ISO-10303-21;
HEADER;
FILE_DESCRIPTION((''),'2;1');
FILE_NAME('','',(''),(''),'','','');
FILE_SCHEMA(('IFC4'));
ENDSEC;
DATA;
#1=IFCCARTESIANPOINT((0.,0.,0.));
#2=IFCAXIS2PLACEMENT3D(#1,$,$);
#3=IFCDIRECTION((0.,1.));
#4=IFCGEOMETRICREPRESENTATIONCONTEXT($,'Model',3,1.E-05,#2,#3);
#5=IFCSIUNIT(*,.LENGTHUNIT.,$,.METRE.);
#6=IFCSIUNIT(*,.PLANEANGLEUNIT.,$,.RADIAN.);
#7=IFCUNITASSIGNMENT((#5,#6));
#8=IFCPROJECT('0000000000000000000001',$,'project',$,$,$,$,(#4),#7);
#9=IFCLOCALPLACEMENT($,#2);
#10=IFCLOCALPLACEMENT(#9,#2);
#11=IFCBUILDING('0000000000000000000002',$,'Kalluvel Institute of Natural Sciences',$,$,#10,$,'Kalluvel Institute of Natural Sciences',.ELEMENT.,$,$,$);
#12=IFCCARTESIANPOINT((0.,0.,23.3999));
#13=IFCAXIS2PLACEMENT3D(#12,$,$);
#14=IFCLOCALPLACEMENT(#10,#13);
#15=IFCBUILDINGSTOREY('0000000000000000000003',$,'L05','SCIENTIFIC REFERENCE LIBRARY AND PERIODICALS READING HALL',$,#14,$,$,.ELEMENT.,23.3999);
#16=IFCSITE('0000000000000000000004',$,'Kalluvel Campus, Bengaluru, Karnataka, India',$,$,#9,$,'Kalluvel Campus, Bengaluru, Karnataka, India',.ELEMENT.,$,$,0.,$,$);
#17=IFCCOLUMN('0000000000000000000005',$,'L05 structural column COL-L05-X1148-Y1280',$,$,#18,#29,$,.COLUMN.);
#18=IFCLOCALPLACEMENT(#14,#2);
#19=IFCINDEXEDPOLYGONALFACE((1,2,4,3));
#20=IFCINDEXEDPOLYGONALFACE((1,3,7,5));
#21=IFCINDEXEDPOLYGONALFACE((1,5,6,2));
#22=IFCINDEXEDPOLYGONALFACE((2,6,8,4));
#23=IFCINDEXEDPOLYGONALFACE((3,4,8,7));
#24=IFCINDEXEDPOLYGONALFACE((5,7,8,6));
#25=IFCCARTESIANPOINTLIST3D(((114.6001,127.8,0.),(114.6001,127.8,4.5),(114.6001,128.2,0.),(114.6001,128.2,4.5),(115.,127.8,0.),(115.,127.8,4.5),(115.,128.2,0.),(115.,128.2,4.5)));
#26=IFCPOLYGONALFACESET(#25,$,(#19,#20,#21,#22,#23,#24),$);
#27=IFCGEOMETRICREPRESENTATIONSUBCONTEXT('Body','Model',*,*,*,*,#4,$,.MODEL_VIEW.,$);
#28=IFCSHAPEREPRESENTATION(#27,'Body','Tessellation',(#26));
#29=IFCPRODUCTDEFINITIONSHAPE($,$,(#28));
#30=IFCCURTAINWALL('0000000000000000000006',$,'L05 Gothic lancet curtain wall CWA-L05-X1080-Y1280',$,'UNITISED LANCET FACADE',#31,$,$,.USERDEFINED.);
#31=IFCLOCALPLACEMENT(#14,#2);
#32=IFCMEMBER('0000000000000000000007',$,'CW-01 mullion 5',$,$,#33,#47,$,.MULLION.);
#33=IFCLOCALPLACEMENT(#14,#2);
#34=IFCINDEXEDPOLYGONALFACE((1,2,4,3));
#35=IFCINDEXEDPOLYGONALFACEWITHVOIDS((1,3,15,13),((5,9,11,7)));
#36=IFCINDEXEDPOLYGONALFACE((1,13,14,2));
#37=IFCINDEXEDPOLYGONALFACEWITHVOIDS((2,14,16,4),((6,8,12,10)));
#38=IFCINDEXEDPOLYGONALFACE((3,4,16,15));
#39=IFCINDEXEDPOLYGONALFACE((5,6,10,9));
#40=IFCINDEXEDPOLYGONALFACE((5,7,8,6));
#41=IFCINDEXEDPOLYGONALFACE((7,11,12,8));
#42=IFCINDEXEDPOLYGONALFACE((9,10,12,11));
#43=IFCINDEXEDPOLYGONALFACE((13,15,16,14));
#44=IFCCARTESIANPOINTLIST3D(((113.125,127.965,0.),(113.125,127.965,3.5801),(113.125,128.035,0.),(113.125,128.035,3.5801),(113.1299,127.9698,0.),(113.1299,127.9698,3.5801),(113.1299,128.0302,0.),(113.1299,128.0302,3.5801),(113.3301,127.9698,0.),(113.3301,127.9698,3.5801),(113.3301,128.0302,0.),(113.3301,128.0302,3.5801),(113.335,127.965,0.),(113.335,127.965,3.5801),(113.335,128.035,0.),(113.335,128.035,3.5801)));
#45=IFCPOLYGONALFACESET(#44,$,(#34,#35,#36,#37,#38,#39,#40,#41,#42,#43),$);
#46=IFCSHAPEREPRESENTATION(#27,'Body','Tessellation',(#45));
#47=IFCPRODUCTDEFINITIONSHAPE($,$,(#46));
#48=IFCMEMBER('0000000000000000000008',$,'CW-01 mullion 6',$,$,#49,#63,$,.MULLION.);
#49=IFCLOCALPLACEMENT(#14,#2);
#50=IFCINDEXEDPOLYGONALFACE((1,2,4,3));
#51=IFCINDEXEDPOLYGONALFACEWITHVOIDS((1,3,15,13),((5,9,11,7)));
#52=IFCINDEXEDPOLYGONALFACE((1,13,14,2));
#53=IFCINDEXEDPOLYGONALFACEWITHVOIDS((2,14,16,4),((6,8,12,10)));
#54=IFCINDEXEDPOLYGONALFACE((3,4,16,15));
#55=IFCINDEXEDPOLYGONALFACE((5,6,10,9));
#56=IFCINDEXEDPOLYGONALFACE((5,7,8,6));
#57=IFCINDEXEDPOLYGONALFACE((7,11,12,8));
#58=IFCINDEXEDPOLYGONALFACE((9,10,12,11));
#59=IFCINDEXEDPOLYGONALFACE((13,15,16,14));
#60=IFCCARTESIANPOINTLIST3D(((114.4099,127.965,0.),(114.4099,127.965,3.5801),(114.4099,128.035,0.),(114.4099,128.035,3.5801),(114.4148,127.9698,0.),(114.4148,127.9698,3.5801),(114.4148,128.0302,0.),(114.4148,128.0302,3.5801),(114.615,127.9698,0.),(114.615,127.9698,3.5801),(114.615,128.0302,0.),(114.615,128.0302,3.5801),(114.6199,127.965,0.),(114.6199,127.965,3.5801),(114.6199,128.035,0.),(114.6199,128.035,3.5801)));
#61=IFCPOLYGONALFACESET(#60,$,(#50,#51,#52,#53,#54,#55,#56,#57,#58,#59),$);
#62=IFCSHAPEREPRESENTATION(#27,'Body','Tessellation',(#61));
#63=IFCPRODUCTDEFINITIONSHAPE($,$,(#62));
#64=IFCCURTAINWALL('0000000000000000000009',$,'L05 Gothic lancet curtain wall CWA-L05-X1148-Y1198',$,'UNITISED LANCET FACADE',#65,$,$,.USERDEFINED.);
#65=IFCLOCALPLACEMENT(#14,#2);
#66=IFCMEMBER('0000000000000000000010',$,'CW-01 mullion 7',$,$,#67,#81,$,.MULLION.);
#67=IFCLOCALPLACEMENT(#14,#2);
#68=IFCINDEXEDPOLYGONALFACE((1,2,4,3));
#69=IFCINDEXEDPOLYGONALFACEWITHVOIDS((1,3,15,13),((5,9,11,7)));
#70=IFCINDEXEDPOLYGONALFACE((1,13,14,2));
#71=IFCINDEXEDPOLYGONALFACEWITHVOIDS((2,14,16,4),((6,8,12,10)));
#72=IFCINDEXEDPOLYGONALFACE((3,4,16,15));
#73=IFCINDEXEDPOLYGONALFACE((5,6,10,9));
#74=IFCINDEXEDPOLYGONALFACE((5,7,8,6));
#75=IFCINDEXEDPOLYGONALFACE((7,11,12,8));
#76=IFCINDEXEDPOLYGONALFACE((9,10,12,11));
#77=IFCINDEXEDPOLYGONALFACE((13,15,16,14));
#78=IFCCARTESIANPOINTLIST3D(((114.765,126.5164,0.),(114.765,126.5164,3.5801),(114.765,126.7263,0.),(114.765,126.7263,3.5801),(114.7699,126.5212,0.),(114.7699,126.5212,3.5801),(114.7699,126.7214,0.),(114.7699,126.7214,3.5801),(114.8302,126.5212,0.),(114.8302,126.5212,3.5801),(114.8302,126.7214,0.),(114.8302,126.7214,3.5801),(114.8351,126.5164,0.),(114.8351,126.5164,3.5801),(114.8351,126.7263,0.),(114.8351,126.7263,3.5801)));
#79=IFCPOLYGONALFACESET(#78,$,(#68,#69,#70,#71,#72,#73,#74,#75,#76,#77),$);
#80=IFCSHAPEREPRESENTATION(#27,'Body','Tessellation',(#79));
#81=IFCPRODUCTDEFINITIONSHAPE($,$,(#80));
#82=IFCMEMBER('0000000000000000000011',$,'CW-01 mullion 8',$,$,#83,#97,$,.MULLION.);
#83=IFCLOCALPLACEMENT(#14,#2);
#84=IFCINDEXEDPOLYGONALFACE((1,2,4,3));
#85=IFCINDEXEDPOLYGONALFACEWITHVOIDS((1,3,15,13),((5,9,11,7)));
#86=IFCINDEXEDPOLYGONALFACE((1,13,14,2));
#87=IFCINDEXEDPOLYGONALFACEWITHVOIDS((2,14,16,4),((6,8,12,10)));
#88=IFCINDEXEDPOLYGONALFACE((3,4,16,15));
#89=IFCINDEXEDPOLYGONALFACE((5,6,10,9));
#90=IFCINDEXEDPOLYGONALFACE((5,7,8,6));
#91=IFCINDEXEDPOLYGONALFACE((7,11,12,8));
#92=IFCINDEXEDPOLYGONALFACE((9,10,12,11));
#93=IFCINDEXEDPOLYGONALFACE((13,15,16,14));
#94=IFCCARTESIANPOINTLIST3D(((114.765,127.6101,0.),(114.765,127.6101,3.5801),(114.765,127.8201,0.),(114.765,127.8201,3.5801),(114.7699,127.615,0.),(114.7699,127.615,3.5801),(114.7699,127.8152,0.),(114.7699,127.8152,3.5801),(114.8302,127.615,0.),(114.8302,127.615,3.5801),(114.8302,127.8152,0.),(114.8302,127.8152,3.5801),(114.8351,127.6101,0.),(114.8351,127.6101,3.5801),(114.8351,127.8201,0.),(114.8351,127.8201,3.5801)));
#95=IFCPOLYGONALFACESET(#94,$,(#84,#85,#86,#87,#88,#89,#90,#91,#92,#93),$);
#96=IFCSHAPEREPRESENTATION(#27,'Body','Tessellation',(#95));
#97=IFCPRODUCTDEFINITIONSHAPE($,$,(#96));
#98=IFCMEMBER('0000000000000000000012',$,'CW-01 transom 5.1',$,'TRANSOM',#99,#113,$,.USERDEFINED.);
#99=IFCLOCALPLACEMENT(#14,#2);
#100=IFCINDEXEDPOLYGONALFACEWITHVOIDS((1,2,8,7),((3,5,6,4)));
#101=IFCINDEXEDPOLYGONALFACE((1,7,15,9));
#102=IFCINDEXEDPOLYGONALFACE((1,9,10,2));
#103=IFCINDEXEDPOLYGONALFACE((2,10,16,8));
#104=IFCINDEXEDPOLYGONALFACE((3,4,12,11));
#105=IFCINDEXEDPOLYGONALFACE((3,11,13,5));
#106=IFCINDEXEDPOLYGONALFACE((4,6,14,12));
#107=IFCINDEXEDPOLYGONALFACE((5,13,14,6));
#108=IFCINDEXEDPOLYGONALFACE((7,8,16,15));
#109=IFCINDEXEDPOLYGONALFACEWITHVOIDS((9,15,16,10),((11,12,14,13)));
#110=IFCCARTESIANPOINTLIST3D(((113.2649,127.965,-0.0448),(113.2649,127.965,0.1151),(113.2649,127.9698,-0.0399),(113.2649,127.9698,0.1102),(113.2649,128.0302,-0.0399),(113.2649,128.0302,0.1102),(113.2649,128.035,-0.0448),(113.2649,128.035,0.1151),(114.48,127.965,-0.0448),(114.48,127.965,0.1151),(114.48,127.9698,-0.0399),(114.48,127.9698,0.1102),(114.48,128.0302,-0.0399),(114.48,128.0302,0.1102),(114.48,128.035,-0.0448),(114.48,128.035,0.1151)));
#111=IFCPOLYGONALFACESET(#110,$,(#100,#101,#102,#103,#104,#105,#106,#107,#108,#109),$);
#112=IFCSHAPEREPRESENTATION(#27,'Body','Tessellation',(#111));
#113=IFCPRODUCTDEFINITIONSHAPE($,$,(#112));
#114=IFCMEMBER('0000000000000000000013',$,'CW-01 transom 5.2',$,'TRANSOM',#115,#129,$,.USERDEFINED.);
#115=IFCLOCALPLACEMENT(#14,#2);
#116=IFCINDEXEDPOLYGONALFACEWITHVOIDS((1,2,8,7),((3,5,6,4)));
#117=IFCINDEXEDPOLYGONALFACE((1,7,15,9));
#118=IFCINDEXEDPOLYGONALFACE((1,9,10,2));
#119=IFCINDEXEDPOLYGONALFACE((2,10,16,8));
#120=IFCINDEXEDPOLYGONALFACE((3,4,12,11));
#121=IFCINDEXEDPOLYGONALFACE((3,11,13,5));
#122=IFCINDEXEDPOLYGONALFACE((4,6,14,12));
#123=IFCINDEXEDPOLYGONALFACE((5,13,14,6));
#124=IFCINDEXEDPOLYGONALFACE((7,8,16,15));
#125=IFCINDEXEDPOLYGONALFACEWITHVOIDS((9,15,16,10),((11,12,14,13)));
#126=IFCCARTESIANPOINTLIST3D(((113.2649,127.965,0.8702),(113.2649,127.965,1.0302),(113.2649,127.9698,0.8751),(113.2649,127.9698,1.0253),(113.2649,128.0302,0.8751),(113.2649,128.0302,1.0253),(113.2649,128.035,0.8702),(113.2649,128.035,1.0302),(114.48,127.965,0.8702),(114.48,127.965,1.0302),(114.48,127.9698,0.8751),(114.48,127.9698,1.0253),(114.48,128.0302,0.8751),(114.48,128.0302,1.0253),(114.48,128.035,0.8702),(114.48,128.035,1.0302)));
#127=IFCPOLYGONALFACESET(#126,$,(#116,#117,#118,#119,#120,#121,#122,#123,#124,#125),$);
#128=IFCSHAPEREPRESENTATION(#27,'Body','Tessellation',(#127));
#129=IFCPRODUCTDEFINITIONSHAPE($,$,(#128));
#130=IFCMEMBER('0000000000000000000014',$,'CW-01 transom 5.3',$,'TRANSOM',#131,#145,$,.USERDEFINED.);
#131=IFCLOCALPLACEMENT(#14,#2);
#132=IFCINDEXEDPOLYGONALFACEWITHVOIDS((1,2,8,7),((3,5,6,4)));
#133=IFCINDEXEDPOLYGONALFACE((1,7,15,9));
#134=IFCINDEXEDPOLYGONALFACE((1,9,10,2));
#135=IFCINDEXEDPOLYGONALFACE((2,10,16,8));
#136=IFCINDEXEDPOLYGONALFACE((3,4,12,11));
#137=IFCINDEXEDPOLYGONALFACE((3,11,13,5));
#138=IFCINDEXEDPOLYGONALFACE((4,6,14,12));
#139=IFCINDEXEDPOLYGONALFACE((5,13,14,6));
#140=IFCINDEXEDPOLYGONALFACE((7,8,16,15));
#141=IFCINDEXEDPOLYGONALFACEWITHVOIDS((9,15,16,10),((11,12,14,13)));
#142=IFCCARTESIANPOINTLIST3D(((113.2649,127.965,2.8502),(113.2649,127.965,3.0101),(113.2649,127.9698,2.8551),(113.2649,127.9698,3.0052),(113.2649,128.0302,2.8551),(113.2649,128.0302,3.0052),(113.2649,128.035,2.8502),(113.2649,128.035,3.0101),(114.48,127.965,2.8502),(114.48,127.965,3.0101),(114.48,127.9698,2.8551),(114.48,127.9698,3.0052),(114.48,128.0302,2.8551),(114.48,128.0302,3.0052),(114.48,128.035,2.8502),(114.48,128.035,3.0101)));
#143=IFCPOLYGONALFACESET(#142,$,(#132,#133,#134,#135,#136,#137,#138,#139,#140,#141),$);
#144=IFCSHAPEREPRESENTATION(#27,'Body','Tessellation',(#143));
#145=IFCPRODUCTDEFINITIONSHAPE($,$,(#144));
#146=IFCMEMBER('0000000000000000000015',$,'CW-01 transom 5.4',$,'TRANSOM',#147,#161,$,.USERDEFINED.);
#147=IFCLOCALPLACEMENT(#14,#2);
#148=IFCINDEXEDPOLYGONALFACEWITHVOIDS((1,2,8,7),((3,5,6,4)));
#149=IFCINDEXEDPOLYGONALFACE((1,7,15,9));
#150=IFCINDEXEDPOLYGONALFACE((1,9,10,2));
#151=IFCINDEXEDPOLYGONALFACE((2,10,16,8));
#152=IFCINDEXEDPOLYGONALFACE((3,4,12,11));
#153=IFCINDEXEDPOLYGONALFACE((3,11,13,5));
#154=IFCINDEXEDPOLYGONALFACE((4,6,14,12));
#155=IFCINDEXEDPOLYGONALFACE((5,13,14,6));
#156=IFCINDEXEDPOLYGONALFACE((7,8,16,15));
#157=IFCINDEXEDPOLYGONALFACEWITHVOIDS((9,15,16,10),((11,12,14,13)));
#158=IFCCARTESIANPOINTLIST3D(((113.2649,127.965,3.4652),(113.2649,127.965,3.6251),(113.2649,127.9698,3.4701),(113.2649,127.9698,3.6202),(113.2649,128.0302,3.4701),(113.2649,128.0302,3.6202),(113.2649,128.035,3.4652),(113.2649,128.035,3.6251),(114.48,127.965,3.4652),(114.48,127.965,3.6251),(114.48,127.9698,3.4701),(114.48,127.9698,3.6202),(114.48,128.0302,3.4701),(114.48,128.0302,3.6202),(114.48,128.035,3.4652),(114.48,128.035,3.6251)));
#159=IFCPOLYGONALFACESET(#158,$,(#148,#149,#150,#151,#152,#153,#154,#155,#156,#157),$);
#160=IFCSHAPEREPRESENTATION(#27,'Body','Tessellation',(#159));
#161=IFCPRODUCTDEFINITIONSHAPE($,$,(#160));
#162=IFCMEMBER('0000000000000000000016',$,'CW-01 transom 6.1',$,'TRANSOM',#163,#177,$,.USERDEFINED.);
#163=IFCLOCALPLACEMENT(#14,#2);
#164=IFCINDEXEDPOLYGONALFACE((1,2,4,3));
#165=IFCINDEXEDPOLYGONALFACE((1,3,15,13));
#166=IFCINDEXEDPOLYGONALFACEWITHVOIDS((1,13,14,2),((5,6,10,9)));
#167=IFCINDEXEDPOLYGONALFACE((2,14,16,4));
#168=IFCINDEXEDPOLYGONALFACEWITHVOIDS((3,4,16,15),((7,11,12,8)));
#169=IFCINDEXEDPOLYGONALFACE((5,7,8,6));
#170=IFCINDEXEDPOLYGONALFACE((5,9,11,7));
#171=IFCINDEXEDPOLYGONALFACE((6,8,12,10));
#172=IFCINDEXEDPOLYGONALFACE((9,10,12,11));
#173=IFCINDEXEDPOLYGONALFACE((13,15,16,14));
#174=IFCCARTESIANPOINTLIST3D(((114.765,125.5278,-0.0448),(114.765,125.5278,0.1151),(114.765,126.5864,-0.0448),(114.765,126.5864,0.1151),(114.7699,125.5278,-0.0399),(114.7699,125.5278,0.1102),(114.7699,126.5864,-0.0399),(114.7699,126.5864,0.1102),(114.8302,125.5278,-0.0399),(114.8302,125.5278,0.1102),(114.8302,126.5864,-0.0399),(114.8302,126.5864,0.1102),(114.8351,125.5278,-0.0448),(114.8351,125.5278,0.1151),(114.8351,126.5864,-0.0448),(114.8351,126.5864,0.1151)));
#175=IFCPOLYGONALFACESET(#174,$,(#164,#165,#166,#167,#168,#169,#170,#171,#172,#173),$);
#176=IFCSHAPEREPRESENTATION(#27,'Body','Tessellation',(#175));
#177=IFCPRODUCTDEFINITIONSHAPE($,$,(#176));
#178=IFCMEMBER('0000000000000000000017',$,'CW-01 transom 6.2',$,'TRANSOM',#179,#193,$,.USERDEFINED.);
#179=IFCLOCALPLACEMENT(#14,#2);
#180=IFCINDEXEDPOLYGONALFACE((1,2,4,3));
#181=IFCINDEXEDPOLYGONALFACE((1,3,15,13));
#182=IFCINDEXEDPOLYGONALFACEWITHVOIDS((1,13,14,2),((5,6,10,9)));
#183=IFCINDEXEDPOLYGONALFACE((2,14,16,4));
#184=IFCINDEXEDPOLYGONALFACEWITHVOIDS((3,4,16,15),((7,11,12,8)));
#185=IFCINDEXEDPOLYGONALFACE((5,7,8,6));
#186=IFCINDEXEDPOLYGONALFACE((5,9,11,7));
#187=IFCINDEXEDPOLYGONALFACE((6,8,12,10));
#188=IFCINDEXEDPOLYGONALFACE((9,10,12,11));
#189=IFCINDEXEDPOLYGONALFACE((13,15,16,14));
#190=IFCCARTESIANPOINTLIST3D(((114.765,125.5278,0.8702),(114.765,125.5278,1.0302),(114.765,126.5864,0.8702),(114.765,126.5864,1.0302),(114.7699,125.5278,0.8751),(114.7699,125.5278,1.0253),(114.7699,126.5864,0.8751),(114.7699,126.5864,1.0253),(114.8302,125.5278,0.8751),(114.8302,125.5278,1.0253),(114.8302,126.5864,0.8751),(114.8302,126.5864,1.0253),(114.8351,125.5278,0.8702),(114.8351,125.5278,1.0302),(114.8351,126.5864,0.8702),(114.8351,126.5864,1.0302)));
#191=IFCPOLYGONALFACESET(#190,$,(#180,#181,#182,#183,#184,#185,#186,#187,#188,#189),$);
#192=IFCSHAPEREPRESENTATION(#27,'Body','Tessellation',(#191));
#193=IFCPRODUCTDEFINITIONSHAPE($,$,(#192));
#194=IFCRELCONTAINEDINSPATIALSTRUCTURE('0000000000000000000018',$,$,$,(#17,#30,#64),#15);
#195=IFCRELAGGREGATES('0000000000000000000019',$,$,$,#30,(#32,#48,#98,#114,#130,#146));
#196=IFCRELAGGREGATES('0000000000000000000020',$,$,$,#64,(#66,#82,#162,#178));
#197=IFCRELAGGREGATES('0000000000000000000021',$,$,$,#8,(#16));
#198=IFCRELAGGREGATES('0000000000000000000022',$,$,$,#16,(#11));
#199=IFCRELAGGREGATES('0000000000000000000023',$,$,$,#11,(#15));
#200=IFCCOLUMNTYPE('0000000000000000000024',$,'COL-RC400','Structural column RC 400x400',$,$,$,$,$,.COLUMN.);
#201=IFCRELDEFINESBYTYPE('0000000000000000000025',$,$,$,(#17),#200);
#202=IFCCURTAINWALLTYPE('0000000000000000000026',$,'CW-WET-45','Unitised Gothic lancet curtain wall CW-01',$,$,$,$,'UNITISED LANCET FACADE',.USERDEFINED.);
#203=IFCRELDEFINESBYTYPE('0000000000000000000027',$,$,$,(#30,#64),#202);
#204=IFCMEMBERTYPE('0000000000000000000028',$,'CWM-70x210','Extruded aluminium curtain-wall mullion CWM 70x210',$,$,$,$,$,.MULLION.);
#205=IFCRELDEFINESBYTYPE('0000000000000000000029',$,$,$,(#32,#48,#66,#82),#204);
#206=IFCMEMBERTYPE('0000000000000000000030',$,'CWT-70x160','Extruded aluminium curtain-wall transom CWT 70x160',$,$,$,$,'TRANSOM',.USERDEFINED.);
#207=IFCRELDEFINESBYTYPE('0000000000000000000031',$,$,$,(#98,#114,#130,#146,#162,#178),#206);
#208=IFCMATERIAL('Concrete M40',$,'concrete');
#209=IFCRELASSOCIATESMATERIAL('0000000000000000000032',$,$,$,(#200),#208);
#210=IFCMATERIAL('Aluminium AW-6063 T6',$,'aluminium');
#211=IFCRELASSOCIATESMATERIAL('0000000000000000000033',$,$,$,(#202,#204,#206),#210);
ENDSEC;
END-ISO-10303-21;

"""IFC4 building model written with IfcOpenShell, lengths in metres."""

from ifc_helpers import new_model, si_unit, direction, frame, origin, origin_2d, place, context, subcontext, project, spatial, rectangle, hollow_rectangle, extrude, material, material_profile, profile_set, type_object, element, aggregate, save


model = new_model("IFC4")

# Units and contexts
model_context = context("Model", 3, precision=1e-05, world=origin(), true_north=direction((0.0, 1.0)))
body_context = subcontext(model_context, "Body", "Model", "MODEL_VIEW")
ifc_project = project(units=[si_unit("LENGTHUNIT", "METRE"), si_unit("PLANEANGLEUNIT", "RADIAN")], contexts=[model_context])

# Site, building, storey
site_placement = place(None, origin())
site = spatial("IfcSite", under=ifc_project, at=site_placement, Name="Kalluvel Campus, Bengaluru, Karnataka, India", LongName="Kalluvel Campus, Bengaluru, Karnataka, India", CompositionType="ELEMENT", RefElevation=0.0)
building_placement = place(site_placement, origin())
building = spatial("IfcBuilding", under=site, at=building_placement, Name="Kalluvel Institute of Natural Sciences", LongName="Kalluvel Institute of Natural Sciences", CompositionType="ELEMENT")
storey_placement = place(building_placement, frame((0.0, 0.0, 23.3999)))
storey = spatial("IfcBuildingStorey", under=building, at=storey_placement, Name="L05", Description="SCIENTIFIC REFERENCE LIBRARY AND PERIODICALS READING HALL", CompositionType="ELEMENT", Elevation=23.3999)

# Column
ifc_material_1 = material(Name="Concrete M40", Category="concrete")
ifc_material_profile_1 = material_profile(ifc_material_1, rectangle(XDim=0.3999, YDim=0.3999, at=origin_2d()), Name="RC 400x400")
ifc_profile_set_1 = profile_set([ifc_material_profile_1], Name="Concrete M40")
column_type = type_object("IfcColumnType", Name="COL-RC400", Description="Structural column RC 400x400", PredefinedType="COLUMN", material=ifc_profile_set_1)
column_placement = place(storey_placement, frame((114.8, 128.0, 0.0), z_axis=(0.0, 0.0, 1.0), x_axis=(1.0, 0.0, 0.0)))
element("IfcColumn", 1, at=column_placement, inside=storey, type_object=column_type, Name="L05 structural column COL-L05-X1148-Y1280", PredefinedType="COLUMN", context=body_context, shape_type="SweptSolid", body=[
    extrude(rectangle(XDim=0.3999, YDim=0.3999, at=origin_2d()), origin(), (0.0, 0.0, 1.0), 4.5),
])

# Curtain walls, members
ifc_material_2 = material(Name="Aluminium AW-6063 T6", Category="aluminium")
curtain_wall_type = type_object("IfcCurtainWallType", Name="CW-WET-45", Description="Unitised Gothic lancet curtain wall CW-01", ElementType="UNITISED LANCET FACADE", PredefinedType="USERDEFINED", material=ifc_material_2)
curtain_wall_1_placement = place(storey_placement, origin())
curtain_wall_1 = element("IfcCurtainWall", 2, at=curtain_wall_1_placement, inside=storey, type_object=curtain_wall_type, Name="L05 Gothic lancet curtain wall CWA-L05-X1080-Y1280", ObjectType="UNITISED LANCET FACADE", PredefinedType="USERDEFINED")
ifc_material_profile_2 = material_profile(ifc_material_2, hollow_rectangle(XDim=0.0701, YDim=0.21, WallThickness=0.0049, at=origin_2d()), Name="CWM 70x210")
ifc_profile_set_2 = profile_set([ifc_material_profile_2], Name="Aluminium AW-6063 T6")
member_type_1 = type_object("IfcMemberType", Name="CWM-70x210", Description="Extruded aluminium curtain-wall mullion CWM 70x210", PredefinedType="MULLION", material=ifc_profile_set_2)
member_1_placement = place(storey_placement, frame((113.23, 128.0, 0.0), z_axis=(0.0, 0.0, 1.0), x_axis=(0.0, 1.0, 0.0)))
member_1 = element("IfcMember", 3, at=member_1_placement, type_object=member_type_1, Name="CW-01 mullion 5", PredefinedType="MULLION", context=body_context, shape_type="SweptSolid", body=[
    extrude(hollow_rectangle(XDim=0.0701, YDim=0.21, WallThickness=0.0049, at=origin_2d()), origin(), (0.0, 0.0, 1.0), 3.5801),
])
member_2_placement = place(storey_placement, frame((114.5149, 128.0, 0.0), z_axis=(0.0, 0.0, 1.0), x_axis=(0.0, 1.0, 0.0)))
member_2 = element("IfcMember", 4, at=member_2_placement, type_object=member_type_1, Name="CW-01 mullion 6", PredefinedType="MULLION", context=body_context, shape_type="SweptSolid", body=[
    extrude(hollow_rectangle(XDim=0.0701, YDim=0.21, WallThickness=0.0049, at=origin_2d()), origin(), (0.0, 0.0, 1.0), 3.5801),
])
curtain_wall_2_placement = place(storey_placement, origin())
curtain_wall_2 = element("IfcCurtainWall", 5, at=curtain_wall_2_placement, inside=storey, type_object=curtain_wall_type, Name="L05 Gothic lancet curtain wall CWA-L05-X1148-Y1198", ObjectType="UNITISED LANCET FACADE", PredefinedType="USERDEFINED")
member_3_placement = place(storey_placement, frame((114.8, 126.6213, 0.0), z_axis=(0.0, 0.0, 1.0), x_axis=(-1.0, 0.0, 0.0)))
member_3 = element("IfcMember", 6, at=member_3_placement, type_object=member_type_1, Name="CW-01 mullion 7", PredefinedType="MULLION", context=body_context, shape_type="SweptSolid", body=[
    extrude(hollow_rectangle(XDim=0.0701, YDim=0.21, WallThickness=0.0049, at=origin_2d()), origin(), (0.0, 0.0, 1.0), 3.5801),
])
member_4_placement = place(storey_placement, frame((114.8, 127.7151, 0.0), z_axis=(0.0, 0.0, 1.0), x_axis=(-1.0, 0.0, 0.0)))
member_4 = element("IfcMember", 7, at=member_4_placement, type_object=member_type_1, Name="CW-01 mullion 8", PredefinedType="MULLION", context=body_context, shape_type="SweptSolid", body=[
    extrude(hollow_rectangle(XDim=0.0701, YDim=0.21, WallThickness=0.0049, at=origin_2d()), origin(), (0.0, 0.0, 1.0), 3.5801),
])

# Members
ifc_material_profile_3 = material_profile(ifc_material_2, hollow_rectangle(XDim=0.0701, YDim=0.1599, WallThickness=0.0049, at=origin_2d()), Name="CWT 70x160")
ifc_profile_set_3 = profile_set([ifc_material_profile_3], Name="Aluminium AW-6063 T6")
member_type_2 = type_object("IfcMemberType", Name="CWT-70x160", Description="Extruded aluminium curtain-wall transom CWT 70x160", ElementType="TRANSOM", PredefinedType="USERDEFINED", material=ifc_profile_set_3)
member_5_placement = place(storey_placement, frame((113.2649, 128.0, 0.0352), z_axis=(1.0, 0.0, 0.0), x_axis=(0.0, 1.0, 0.0)))
member_5 = element("IfcMember", 8, at=member_5_placement, type_object=member_type_2, Name="CW-01 transom 5.1", ObjectType="TRANSOM", PredefinedType="USERDEFINED", context=body_context, shape_type="SweptSolid", body=[
    extrude(hollow_rectangle(XDim=0.0701, YDim=0.1599, WallThickness=0.0049, at=origin_2d()), origin(), (0.0, 0.0, 1.0), 1.2151),
])
member_6_placement = place(storey_placement, frame((113.2649, 128.0, 0.9502), z_axis=(1.0, 0.0, 0.0), x_axis=(0.0, 1.0, 0.0)))
member_6 = element("IfcMember", 9, at=member_6_placement, type_object=member_type_2, Name="CW-01 transom 5.2", ObjectType="TRANSOM", PredefinedType="USERDEFINED", context=body_context, shape_type="SweptSolid", body=[
    extrude(hollow_rectangle(XDim=0.0701, YDim=0.1599, WallThickness=0.0049, at=origin_2d()), origin(), (0.0, 0.0, 1.0), 1.2151),
])
member_7_placement = place(storey_placement, frame((113.2649, 128.0, 2.9302), z_axis=(1.0, 0.0, 0.0), x_axis=(0.0, 1.0, 0.0)))
member_7 = element("IfcMember", 10, at=member_7_placement, type_object=member_type_2, Name="CW-01 transom 5.3", ObjectType="TRANSOM", PredefinedType="USERDEFINED", context=body_context, shape_type="SweptSolid", body=[
    extrude(hollow_rectangle(XDim=0.0701, YDim=0.1599, WallThickness=0.0049, at=origin_2d()), origin(), (0.0, 0.0, 1.0), 1.2151),
])
member_8_placement = place(storey_placement, frame((113.2649, 128.0, 3.5452), z_axis=(1.0, 0.0, 0.0), x_axis=(0.0, 1.0, 0.0)))
member_8 = element("IfcMember", 11, at=member_8_placement, type_object=member_type_2, Name="CW-01 transom 5.4", ObjectType="TRANSOM", PredefinedType="USERDEFINED", context=body_context, shape_type="SweptSolid", body=[
    extrude(hollow_rectangle(XDim=0.0701, YDim=0.1599, WallThickness=0.0049, at=origin_2d()), origin(), (0.0, 0.0, 1.0), 1.2151),
])
member_9_placement = place(storey_placement, frame((114.8, 125.5278, 0.0352), z_axis=(0.0, 1.0, 0.0), x_axis=(-1.0, 0.0, 0.0)))
member_9 = element("IfcMember", 12, at=member_9_placement, type_object=member_type_2, Name="CW-01 transom 6.1", ObjectType="TRANSOM", PredefinedType="USERDEFINED", context=body_context, shape_type="SweptSolid", body=[
    extrude(hollow_rectangle(XDim=0.0701, YDim=0.1599, WallThickness=0.0049, at=origin_2d()), origin(), (0.0, 0.0, 1.0), 1.0586),
])
member_10_placement = place(storey_placement, frame((114.8, 125.5278, 0.9502), z_axis=(0.0, 1.0, 0.0), x_axis=(-1.0, 0.0, 0.0)))
member_10 = element("IfcMember", 13, at=member_10_placement, type_object=member_type_2, Name="CW-01 transom 6.2", ObjectType="TRANSOM", PredefinedType="USERDEFINED", context=body_context, shape_type="SweptSolid", body=[
    extrude(hollow_rectangle(XDim=0.0701, YDim=0.1599, WallThickness=0.0049, at=origin_2d()), origin(), (0.0, 0.0, 1.0), 1.0586),
])

aggregate(curtain_wall_1, [member_1, member_2, member_5, member_6, member_7, member_8])
aggregate(curtain_wall_2, [member_3, member_4, member_9, member_10])

save(model, "model.ifc")
